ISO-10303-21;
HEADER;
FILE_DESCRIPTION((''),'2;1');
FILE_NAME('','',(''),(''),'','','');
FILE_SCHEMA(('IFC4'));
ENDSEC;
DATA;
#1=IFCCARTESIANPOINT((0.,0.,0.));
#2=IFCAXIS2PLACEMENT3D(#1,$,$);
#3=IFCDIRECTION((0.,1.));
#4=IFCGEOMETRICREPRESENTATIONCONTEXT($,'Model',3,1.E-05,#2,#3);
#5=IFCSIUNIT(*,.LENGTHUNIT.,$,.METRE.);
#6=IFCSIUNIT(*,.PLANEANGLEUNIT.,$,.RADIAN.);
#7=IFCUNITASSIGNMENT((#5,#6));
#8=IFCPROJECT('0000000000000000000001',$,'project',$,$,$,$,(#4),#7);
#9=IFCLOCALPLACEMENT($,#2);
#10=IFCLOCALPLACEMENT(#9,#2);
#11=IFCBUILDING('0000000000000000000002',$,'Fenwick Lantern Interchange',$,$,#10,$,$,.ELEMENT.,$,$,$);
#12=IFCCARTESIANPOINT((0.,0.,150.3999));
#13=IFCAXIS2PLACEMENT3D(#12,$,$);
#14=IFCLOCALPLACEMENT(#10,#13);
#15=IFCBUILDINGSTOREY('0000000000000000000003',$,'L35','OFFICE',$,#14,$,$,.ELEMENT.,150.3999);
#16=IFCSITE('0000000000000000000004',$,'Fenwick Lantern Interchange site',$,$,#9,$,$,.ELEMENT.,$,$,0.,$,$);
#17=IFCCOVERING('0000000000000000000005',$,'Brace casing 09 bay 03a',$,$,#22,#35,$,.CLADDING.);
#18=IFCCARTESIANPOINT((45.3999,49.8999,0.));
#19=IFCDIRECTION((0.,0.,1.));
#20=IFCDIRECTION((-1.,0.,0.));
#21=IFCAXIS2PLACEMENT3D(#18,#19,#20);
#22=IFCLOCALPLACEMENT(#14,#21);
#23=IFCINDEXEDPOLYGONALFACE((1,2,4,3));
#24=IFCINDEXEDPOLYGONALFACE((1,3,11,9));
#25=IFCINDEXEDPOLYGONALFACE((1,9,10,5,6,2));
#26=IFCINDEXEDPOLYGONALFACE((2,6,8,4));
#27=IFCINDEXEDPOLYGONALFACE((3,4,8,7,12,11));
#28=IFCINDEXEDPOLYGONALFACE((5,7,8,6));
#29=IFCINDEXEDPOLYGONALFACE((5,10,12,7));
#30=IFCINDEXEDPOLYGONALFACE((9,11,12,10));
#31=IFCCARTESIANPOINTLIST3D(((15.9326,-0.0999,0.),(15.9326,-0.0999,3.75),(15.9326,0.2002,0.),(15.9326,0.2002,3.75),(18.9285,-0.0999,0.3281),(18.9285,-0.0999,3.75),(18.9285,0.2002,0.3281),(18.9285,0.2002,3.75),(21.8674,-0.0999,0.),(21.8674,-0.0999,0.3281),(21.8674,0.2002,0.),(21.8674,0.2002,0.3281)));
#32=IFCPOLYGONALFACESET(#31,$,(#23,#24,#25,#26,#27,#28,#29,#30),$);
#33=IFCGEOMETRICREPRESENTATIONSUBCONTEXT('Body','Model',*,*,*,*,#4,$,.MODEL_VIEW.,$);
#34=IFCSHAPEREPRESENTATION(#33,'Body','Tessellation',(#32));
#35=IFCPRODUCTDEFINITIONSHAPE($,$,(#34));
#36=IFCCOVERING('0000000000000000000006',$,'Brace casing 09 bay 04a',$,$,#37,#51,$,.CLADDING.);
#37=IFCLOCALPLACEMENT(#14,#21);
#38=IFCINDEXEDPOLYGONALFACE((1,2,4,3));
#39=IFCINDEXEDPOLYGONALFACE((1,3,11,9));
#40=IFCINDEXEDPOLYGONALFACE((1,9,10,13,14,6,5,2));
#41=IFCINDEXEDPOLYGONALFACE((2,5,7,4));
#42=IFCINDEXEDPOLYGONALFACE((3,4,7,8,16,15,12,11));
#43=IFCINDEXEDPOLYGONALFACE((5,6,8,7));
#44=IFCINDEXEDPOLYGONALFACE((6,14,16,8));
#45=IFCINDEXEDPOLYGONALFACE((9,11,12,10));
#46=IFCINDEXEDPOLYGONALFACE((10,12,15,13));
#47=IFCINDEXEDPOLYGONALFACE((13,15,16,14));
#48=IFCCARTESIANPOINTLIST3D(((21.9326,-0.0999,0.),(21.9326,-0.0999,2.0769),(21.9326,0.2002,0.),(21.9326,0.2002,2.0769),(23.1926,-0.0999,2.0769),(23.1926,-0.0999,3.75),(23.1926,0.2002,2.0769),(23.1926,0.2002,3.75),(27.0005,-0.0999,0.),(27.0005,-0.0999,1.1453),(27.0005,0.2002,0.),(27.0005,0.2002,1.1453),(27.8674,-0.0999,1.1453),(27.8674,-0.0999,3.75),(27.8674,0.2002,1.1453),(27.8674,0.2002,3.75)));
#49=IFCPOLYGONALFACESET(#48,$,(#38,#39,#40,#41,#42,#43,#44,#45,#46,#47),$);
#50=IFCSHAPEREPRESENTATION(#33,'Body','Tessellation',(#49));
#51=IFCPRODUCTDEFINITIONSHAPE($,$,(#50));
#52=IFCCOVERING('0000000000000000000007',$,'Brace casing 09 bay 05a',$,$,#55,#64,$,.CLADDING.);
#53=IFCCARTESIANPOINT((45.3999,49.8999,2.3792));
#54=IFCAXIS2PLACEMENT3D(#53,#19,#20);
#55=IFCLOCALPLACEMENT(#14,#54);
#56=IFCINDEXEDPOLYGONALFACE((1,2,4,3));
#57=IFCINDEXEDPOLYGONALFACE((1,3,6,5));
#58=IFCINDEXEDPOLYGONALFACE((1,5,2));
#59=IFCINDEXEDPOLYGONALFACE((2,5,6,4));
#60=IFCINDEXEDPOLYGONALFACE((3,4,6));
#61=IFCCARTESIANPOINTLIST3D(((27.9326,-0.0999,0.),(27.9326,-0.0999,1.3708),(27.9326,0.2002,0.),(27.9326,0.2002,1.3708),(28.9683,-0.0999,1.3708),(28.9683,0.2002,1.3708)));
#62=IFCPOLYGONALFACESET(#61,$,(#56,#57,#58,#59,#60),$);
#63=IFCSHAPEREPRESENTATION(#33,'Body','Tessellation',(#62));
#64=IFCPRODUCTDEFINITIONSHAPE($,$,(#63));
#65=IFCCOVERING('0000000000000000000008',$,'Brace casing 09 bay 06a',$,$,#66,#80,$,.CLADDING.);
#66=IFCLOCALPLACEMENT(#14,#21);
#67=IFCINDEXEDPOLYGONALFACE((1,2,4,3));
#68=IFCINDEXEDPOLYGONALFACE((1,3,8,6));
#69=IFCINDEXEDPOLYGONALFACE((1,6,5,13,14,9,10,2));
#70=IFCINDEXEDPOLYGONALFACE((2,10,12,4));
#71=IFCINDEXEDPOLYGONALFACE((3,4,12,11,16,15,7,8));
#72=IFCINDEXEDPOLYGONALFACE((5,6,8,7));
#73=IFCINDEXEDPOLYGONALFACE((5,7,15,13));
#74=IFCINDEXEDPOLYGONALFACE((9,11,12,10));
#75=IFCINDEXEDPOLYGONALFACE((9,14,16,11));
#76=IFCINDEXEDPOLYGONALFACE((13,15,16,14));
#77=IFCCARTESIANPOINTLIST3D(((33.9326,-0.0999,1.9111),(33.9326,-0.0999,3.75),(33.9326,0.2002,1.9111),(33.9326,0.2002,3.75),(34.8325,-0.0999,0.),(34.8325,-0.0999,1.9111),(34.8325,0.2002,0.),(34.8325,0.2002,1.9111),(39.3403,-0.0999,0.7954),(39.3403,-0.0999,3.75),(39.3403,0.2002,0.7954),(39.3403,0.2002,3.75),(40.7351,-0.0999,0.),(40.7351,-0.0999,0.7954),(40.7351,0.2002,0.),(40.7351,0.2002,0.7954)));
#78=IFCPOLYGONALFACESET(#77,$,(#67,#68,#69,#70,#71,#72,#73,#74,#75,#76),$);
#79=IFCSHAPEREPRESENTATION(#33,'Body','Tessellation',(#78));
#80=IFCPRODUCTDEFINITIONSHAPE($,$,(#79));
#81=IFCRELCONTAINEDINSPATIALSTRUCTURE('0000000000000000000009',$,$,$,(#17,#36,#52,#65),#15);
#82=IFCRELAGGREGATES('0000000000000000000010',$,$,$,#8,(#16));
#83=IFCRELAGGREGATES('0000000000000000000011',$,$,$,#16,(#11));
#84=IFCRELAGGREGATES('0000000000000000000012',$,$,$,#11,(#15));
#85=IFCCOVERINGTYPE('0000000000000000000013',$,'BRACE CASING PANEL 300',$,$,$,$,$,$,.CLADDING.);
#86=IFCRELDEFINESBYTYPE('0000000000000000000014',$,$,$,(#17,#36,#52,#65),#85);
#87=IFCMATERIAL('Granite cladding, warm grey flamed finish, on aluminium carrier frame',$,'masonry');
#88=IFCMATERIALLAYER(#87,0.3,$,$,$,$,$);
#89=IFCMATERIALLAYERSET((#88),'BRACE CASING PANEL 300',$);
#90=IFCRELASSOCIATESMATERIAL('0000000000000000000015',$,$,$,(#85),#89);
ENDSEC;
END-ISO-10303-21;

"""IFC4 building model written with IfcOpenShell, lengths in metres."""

from ifc_helpers import new_model, si_unit, direction, frame, origin, place, context, subcontext, project, spatial, polyline, outline, extrude, material, layer, layer_set, type_object, element, save


model = new_model("IFC4")

# Units and contexts
model_context = context("Model", 3, precision=1e-05, world=origin(), true_north=direction((0.0, 1.0)))
body_context = subcontext(model_context, "Body", "Model", "MODEL_VIEW")
ifc_project = project(units=[si_unit("LENGTHUNIT", "METRE"), si_unit("PLANEANGLEUNIT", "RADIAN")], contexts=[model_context])

# Site, building, storey
site_placement = place(None, origin())
site = spatial("IfcSite", under=ifc_project, at=site_placement, Name="Fenwick Lantern Interchange site", CompositionType="ELEMENT", RefElevation=0.0)
building_placement = place(site_placement, origin())
building = spatial("IfcBuilding", under=site, at=building_placement, Name="Fenwick Lantern Interchange", CompositionType="ELEMENT")
storey_placement = place(building_placement, frame((0.0, 0.0, 150.3999)))
storey = spatial("IfcBuildingStorey", under=building, at=storey_placement, Name="L35", Description="OFFICE", CompositionType="ELEMENT", Elevation=150.3999)

# Coverings
ifc_material_1 = material(Name="Granite cladding, warm grey flamed finish, on aluminium carrier frame", Category="masonry")
ifc_layer_1 = layer(ifc_material_1, 0.3)
ifc_layer_set_1 = layer_set([ifc_layer_1], Name="BRACE CASING PANEL 300")
covering_type = type_object("IfcCoveringType", Name="BRACE CASING PANEL 300", PredefinedType="CLADDING", material=ifc_layer_set_1)
covering_1_placement = place(storey_placement, frame((45.3999, 49.8999, 0.0), z_axis=(0.0, 0.0, 1.0), x_axis=(-1.0, 0.0, 0.0)))
element("IfcCovering", 1, at=covering_1_placement, inside=storey, type_object=covering_type, Name="Brace casing 09 bay 03a", PredefinedType="CLADDING", context=body_context, shape_type="SweptSolid", body=[
    extrude(outline(polyline([(15.9326, 0.0), (21.8674, 0.0), (21.8674, 0.3281), (18.9285, 0.3281), (18.9285, 3.75), (15.9326, 3.75), (15.9326, 0.0)])), frame((0.0, 0.2002, 0.0), z_axis=(0.0, -1.0, 0.0), x_axis=(1.0, 0.0, 0.0)), (0.0, 0.0, 1.0), 0.3),
])
covering_2_placement = place(storey_placement, frame((45.3999, 49.8999, 0.0), z_axis=(0.0, 0.0, 1.0), x_axis=(-1.0, 0.0, 0.0)))
element("IfcCovering", 2, at=covering_2_placement, inside=storey, type_object=covering_type, Name="Brace casing 09 bay 04a", PredefinedType="CLADDING", context=body_context, shape_type="SweptSolid", body=[
    extrude(outline(polyline([(21.9326, 0.0), (27.0005, 0.0), (27.0005, 1.1453), (27.8674, 1.1453), (27.8674, 3.75), (23.1926, 3.75), (23.1926, 2.0769), (21.9326, 2.0769), (21.9326, 0.0)])), frame((0.0, 0.2002, 0.0), z_axis=(0.0, -1.0, 0.0), x_axis=(1.0, 0.0, 0.0)), (0.0, 0.0, 1.0), 0.3),
])
covering_3_placement = place(storey_placement, frame((45.3999, 49.8999, 2.3792), z_axis=(0.0, 0.0, 1.0), x_axis=(-1.0, 0.0, 0.0)))
element("IfcCovering", 3, at=covering_3_placement, inside=storey, type_object=covering_type, Name="Brace casing 09 bay 05a", PredefinedType="CLADDING", context=body_context, shape_type="SweptSolid", body=[
    extrude(outline(polyline([(27.9326, 0.0), (28.9683, 1.3708), (27.9326, 1.3708), (27.9326, 0.0)])), frame((0.0, 0.2002, 0.0), z_axis=(0.0, -1.0, 0.0), x_axis=(1.0, 0.0, 0.0)), (0.0, 0.0, 1.0), 0.3),
])
covering_4_placement = place(storey_placement, frame((45.3999, 49.8999, 0.0), z_axis=(0.0, 0.0, 1.0), x_axis=(-1.0, 0.0, 0.0)))
element("IfcCovering", 4, at=covering_4_placement, inside=storey, type_object=covering_type, Name="Brace casing 09 bay 06a", PredefinedType="CLADDING", context=body_context, shape_type="SweptSolid", body=[
    extrude(outline(polyline([(34.8325, 0.0), (40.7351, 0.0), (40.7351, 0.7954), (39.3403, 0.7954), (39.3403, 3.75), (33.9326, 3.75), (33.9326, 1.9111), (34.8325, 1.9111), (34.8325, 0.0)])), frame((0.0, 0.2002, 0.0), z_axis=(0.0, -1.0, 0.0), x_axis=(1.0, 0.0, 0.0)), (0.0, 0.0, 1.0), 0.3),
])

save(model, "model.ifc")
